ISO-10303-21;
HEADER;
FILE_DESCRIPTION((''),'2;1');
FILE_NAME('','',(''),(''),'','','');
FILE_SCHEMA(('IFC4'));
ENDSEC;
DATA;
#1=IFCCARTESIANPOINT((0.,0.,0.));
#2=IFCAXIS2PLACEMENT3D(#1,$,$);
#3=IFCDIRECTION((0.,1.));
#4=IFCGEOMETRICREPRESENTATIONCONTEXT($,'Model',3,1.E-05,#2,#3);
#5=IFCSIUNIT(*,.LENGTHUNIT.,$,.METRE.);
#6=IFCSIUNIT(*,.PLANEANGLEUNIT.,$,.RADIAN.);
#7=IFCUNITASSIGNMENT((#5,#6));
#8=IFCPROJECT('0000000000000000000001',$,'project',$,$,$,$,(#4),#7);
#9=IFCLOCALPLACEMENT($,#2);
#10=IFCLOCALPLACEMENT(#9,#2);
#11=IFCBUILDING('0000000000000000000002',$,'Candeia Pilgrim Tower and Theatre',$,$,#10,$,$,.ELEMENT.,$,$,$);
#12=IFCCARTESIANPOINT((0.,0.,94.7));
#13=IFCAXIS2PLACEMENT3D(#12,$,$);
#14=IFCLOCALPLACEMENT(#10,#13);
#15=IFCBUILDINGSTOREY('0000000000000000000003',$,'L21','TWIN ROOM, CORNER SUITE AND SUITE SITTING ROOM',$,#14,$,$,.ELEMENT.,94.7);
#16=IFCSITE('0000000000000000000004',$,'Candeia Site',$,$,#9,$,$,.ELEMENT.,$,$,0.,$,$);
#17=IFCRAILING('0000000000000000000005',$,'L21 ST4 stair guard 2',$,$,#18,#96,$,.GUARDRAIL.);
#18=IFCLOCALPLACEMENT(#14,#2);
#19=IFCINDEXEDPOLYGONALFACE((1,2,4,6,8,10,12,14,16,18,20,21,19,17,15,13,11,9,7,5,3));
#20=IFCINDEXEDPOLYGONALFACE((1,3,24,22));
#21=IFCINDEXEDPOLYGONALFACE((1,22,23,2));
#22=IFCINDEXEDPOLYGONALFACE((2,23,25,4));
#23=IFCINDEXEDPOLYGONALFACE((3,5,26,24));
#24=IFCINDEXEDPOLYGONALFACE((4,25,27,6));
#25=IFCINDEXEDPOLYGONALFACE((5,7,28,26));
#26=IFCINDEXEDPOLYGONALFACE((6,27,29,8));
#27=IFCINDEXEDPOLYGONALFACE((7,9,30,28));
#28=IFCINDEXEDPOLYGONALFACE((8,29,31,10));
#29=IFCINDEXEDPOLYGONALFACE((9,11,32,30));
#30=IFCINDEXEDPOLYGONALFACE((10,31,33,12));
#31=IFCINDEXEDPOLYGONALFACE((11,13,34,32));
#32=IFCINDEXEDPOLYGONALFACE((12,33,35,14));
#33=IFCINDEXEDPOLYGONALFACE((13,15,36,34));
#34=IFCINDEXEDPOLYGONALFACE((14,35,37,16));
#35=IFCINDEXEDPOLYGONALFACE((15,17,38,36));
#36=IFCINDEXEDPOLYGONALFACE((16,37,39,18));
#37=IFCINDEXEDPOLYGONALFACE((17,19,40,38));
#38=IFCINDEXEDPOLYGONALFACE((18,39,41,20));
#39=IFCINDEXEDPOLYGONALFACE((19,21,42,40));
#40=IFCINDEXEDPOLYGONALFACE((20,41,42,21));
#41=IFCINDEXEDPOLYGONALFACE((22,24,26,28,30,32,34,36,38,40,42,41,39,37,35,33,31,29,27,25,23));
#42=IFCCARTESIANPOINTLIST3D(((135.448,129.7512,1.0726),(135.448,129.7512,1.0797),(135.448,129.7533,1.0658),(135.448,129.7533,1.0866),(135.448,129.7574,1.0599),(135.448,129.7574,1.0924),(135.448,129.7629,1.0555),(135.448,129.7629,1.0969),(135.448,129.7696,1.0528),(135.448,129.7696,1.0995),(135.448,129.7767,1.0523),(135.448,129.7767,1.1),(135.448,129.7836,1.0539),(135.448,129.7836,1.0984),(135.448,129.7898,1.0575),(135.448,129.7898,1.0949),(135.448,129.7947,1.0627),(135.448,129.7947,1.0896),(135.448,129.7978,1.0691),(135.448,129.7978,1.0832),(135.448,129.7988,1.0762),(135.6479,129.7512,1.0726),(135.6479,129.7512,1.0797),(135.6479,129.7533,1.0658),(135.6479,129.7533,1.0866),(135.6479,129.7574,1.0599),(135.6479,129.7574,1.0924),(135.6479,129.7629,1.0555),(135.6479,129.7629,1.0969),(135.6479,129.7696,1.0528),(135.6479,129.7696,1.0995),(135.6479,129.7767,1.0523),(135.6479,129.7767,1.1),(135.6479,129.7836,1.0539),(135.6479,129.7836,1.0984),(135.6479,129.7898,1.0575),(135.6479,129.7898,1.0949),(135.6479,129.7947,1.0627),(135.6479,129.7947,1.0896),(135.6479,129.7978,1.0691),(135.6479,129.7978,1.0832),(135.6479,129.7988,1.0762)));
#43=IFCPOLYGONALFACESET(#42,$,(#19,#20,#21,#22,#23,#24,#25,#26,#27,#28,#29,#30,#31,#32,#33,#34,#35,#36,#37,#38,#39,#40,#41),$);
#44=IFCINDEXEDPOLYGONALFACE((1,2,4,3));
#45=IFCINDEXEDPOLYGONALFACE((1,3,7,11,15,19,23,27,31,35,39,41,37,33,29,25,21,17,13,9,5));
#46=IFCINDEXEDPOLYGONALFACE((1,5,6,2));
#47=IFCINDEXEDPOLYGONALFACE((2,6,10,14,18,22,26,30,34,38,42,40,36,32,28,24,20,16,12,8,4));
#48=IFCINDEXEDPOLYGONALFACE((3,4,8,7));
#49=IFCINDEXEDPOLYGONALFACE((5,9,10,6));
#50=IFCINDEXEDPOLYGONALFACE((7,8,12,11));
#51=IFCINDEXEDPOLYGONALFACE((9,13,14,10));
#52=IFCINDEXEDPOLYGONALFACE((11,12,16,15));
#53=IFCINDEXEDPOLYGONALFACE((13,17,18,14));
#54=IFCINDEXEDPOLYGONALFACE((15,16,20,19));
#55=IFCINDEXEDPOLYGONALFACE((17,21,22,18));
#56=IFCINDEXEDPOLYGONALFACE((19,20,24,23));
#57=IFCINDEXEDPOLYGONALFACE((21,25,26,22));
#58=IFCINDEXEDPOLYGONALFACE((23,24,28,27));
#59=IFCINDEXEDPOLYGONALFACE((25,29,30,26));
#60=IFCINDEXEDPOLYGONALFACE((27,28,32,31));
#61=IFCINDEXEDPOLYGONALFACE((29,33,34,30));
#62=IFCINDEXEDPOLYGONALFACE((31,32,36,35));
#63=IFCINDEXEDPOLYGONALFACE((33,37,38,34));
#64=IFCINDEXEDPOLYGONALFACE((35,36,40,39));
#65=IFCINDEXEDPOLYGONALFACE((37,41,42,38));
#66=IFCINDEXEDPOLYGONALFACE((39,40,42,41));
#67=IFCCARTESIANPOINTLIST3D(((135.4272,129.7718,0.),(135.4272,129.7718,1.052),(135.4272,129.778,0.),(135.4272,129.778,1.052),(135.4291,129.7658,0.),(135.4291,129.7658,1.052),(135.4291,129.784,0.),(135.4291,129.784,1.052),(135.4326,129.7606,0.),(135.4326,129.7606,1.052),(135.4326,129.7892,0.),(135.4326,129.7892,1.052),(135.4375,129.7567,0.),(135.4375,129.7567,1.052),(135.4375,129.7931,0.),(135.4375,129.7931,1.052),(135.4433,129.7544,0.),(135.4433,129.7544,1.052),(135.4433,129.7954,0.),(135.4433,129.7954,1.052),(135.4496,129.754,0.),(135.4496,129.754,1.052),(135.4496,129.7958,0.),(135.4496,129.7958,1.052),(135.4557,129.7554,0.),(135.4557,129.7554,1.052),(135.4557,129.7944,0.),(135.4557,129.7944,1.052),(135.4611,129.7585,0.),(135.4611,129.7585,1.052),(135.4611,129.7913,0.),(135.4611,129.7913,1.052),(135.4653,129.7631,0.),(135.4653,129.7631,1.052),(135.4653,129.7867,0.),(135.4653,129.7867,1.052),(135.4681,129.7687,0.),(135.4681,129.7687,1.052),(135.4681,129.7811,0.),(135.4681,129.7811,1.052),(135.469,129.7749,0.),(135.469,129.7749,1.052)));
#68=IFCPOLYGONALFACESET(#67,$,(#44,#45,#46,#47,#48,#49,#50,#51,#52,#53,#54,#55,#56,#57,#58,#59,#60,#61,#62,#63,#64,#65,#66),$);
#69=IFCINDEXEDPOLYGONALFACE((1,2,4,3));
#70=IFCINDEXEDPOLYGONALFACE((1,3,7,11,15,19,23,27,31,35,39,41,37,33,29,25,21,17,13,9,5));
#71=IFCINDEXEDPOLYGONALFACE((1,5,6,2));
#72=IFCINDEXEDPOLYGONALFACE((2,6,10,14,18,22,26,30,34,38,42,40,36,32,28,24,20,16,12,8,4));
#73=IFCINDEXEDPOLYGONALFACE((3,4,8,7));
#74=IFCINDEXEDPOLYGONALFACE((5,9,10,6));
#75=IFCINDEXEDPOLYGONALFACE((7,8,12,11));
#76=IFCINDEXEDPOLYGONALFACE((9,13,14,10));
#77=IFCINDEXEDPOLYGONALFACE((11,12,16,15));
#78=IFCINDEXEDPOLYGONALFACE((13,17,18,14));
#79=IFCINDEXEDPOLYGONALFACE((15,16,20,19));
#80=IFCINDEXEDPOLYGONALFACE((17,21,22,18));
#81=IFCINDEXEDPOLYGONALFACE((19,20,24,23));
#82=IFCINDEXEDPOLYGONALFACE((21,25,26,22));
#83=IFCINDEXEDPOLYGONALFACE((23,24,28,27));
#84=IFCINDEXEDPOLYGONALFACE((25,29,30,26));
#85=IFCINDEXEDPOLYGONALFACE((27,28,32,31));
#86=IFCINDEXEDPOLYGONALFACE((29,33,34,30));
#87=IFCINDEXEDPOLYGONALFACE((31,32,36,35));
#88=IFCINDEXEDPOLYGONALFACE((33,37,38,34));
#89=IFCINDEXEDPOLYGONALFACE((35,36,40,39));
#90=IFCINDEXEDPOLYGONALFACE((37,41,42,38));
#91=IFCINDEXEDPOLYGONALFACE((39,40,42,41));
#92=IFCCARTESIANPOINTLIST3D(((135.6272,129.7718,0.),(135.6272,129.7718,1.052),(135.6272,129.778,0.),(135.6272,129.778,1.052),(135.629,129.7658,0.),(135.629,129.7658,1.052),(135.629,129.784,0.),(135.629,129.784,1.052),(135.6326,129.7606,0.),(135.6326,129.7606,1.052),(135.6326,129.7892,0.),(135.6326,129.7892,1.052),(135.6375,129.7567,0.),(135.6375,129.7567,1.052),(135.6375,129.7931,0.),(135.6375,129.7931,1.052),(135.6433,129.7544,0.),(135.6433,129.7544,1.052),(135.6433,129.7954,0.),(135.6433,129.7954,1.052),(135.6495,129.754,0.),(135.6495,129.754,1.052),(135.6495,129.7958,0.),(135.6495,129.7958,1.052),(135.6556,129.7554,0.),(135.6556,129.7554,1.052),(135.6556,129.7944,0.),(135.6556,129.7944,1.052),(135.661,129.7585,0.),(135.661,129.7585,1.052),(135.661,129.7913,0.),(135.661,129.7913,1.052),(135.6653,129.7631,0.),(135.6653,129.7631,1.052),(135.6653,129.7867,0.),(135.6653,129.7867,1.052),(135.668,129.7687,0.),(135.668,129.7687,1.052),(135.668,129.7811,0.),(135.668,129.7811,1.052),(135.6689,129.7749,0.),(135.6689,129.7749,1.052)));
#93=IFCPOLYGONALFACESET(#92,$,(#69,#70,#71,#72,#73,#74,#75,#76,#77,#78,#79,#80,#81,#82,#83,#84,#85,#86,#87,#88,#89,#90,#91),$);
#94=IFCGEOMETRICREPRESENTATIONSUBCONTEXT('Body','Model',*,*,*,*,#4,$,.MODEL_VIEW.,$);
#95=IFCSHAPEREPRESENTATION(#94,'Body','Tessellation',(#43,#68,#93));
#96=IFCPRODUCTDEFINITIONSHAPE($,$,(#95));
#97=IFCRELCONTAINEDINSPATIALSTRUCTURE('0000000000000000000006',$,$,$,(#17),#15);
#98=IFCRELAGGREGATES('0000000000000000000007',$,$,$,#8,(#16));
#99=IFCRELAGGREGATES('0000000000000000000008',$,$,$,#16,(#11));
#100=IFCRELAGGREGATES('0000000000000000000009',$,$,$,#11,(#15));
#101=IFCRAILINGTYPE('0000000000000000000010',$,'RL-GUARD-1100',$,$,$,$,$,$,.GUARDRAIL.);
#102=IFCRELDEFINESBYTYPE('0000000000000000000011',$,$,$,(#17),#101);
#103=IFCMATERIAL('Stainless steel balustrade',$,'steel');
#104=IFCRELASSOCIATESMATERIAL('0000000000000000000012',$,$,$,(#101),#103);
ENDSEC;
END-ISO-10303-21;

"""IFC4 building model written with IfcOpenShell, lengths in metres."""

from ifc_helpers import new_model, si_unit, direction, frame, origin, origin_2d, place, context, subcontext, project, spatial, circle, extrude, material, type_object, element, save


model = new_model("IFC4")

# Units and contexts
model_context = context("Model", 3, precision=1e-05, world=origin(), true_north=direction((0.0, 1.0)))
body_context = subcontext(model_context, "Body", "Model", "MODEL_VIEW")
ifc_project = project(units=[si_unit("LENGTHUNIT", "METRE"), si_unit("PLANEANGLEUNIT", "RADIAN")], contexts=[model_context])

# Site, building, storey
site_placement = place(None, origin())
site = spatial("IfcSite", under=ifc_project, at=site_placement, Name="Candeia Site", CompositionType="ELEMENT", RefElevation=0.0)
building_placement = place(site_placement, origin())
building = spatial("IfcBuilding", under=site, at=building_placement, Name="Candeia Pilgrim Tower and Theatre", CompositionType="ELEMENT")
storey_placement = place(building_placement, frame((0.0, 0.0, 94.7)))
storey = spatial("IfcBuildingStorey", under=building, at=storey_placement, Name="L21", Description="TWIN ROOM, CORNER SUITE AND SUITE SITTING ROOM", CompositionType="ELEMENT", Elevation=94.7)

# Railing
ifc_material_1 = material(Name="Stainless steel balustrade", Category="steel")
railing_type_1 = type_object("IfcRailingType", Name="RL-GUARD-1100", PredefinedType="GUARDRAIL", material=ifc_material_1)
railing_1_placement = place(storey_placement, frame((135.448, 129.7749, 0.0)))
element("IfcRailing", 1, at=railing_1_placement, inside=storey, type_object=railing_type_1, Name="L21 ST4 stair guard 2", PredefinedType="GUARDRAIL", context=body_context, shape_type="SweptSolid", body=[
    extrude(circle(Radius=0.0239, at=origin_2d()), frame((0.0, 0.0, 1.0762), z_axis=(1.0, 0.0, 0.0), x_axis=(0.0, 1.0, 0.0)), (0.0, 0.0, 1.0), 0.2),
    extrude(circle(Radius=0.021, at=origin_2d()), origin(), (0.0, 0.0, 1.0), 1.052),
    extrude(circle(Radius=0.021, at=origin_2d()), frame((0.2, 0.0, 0.0)), (0.0, 0.0, 1.0), 1.052),
])

save(model, "model.ifc")
